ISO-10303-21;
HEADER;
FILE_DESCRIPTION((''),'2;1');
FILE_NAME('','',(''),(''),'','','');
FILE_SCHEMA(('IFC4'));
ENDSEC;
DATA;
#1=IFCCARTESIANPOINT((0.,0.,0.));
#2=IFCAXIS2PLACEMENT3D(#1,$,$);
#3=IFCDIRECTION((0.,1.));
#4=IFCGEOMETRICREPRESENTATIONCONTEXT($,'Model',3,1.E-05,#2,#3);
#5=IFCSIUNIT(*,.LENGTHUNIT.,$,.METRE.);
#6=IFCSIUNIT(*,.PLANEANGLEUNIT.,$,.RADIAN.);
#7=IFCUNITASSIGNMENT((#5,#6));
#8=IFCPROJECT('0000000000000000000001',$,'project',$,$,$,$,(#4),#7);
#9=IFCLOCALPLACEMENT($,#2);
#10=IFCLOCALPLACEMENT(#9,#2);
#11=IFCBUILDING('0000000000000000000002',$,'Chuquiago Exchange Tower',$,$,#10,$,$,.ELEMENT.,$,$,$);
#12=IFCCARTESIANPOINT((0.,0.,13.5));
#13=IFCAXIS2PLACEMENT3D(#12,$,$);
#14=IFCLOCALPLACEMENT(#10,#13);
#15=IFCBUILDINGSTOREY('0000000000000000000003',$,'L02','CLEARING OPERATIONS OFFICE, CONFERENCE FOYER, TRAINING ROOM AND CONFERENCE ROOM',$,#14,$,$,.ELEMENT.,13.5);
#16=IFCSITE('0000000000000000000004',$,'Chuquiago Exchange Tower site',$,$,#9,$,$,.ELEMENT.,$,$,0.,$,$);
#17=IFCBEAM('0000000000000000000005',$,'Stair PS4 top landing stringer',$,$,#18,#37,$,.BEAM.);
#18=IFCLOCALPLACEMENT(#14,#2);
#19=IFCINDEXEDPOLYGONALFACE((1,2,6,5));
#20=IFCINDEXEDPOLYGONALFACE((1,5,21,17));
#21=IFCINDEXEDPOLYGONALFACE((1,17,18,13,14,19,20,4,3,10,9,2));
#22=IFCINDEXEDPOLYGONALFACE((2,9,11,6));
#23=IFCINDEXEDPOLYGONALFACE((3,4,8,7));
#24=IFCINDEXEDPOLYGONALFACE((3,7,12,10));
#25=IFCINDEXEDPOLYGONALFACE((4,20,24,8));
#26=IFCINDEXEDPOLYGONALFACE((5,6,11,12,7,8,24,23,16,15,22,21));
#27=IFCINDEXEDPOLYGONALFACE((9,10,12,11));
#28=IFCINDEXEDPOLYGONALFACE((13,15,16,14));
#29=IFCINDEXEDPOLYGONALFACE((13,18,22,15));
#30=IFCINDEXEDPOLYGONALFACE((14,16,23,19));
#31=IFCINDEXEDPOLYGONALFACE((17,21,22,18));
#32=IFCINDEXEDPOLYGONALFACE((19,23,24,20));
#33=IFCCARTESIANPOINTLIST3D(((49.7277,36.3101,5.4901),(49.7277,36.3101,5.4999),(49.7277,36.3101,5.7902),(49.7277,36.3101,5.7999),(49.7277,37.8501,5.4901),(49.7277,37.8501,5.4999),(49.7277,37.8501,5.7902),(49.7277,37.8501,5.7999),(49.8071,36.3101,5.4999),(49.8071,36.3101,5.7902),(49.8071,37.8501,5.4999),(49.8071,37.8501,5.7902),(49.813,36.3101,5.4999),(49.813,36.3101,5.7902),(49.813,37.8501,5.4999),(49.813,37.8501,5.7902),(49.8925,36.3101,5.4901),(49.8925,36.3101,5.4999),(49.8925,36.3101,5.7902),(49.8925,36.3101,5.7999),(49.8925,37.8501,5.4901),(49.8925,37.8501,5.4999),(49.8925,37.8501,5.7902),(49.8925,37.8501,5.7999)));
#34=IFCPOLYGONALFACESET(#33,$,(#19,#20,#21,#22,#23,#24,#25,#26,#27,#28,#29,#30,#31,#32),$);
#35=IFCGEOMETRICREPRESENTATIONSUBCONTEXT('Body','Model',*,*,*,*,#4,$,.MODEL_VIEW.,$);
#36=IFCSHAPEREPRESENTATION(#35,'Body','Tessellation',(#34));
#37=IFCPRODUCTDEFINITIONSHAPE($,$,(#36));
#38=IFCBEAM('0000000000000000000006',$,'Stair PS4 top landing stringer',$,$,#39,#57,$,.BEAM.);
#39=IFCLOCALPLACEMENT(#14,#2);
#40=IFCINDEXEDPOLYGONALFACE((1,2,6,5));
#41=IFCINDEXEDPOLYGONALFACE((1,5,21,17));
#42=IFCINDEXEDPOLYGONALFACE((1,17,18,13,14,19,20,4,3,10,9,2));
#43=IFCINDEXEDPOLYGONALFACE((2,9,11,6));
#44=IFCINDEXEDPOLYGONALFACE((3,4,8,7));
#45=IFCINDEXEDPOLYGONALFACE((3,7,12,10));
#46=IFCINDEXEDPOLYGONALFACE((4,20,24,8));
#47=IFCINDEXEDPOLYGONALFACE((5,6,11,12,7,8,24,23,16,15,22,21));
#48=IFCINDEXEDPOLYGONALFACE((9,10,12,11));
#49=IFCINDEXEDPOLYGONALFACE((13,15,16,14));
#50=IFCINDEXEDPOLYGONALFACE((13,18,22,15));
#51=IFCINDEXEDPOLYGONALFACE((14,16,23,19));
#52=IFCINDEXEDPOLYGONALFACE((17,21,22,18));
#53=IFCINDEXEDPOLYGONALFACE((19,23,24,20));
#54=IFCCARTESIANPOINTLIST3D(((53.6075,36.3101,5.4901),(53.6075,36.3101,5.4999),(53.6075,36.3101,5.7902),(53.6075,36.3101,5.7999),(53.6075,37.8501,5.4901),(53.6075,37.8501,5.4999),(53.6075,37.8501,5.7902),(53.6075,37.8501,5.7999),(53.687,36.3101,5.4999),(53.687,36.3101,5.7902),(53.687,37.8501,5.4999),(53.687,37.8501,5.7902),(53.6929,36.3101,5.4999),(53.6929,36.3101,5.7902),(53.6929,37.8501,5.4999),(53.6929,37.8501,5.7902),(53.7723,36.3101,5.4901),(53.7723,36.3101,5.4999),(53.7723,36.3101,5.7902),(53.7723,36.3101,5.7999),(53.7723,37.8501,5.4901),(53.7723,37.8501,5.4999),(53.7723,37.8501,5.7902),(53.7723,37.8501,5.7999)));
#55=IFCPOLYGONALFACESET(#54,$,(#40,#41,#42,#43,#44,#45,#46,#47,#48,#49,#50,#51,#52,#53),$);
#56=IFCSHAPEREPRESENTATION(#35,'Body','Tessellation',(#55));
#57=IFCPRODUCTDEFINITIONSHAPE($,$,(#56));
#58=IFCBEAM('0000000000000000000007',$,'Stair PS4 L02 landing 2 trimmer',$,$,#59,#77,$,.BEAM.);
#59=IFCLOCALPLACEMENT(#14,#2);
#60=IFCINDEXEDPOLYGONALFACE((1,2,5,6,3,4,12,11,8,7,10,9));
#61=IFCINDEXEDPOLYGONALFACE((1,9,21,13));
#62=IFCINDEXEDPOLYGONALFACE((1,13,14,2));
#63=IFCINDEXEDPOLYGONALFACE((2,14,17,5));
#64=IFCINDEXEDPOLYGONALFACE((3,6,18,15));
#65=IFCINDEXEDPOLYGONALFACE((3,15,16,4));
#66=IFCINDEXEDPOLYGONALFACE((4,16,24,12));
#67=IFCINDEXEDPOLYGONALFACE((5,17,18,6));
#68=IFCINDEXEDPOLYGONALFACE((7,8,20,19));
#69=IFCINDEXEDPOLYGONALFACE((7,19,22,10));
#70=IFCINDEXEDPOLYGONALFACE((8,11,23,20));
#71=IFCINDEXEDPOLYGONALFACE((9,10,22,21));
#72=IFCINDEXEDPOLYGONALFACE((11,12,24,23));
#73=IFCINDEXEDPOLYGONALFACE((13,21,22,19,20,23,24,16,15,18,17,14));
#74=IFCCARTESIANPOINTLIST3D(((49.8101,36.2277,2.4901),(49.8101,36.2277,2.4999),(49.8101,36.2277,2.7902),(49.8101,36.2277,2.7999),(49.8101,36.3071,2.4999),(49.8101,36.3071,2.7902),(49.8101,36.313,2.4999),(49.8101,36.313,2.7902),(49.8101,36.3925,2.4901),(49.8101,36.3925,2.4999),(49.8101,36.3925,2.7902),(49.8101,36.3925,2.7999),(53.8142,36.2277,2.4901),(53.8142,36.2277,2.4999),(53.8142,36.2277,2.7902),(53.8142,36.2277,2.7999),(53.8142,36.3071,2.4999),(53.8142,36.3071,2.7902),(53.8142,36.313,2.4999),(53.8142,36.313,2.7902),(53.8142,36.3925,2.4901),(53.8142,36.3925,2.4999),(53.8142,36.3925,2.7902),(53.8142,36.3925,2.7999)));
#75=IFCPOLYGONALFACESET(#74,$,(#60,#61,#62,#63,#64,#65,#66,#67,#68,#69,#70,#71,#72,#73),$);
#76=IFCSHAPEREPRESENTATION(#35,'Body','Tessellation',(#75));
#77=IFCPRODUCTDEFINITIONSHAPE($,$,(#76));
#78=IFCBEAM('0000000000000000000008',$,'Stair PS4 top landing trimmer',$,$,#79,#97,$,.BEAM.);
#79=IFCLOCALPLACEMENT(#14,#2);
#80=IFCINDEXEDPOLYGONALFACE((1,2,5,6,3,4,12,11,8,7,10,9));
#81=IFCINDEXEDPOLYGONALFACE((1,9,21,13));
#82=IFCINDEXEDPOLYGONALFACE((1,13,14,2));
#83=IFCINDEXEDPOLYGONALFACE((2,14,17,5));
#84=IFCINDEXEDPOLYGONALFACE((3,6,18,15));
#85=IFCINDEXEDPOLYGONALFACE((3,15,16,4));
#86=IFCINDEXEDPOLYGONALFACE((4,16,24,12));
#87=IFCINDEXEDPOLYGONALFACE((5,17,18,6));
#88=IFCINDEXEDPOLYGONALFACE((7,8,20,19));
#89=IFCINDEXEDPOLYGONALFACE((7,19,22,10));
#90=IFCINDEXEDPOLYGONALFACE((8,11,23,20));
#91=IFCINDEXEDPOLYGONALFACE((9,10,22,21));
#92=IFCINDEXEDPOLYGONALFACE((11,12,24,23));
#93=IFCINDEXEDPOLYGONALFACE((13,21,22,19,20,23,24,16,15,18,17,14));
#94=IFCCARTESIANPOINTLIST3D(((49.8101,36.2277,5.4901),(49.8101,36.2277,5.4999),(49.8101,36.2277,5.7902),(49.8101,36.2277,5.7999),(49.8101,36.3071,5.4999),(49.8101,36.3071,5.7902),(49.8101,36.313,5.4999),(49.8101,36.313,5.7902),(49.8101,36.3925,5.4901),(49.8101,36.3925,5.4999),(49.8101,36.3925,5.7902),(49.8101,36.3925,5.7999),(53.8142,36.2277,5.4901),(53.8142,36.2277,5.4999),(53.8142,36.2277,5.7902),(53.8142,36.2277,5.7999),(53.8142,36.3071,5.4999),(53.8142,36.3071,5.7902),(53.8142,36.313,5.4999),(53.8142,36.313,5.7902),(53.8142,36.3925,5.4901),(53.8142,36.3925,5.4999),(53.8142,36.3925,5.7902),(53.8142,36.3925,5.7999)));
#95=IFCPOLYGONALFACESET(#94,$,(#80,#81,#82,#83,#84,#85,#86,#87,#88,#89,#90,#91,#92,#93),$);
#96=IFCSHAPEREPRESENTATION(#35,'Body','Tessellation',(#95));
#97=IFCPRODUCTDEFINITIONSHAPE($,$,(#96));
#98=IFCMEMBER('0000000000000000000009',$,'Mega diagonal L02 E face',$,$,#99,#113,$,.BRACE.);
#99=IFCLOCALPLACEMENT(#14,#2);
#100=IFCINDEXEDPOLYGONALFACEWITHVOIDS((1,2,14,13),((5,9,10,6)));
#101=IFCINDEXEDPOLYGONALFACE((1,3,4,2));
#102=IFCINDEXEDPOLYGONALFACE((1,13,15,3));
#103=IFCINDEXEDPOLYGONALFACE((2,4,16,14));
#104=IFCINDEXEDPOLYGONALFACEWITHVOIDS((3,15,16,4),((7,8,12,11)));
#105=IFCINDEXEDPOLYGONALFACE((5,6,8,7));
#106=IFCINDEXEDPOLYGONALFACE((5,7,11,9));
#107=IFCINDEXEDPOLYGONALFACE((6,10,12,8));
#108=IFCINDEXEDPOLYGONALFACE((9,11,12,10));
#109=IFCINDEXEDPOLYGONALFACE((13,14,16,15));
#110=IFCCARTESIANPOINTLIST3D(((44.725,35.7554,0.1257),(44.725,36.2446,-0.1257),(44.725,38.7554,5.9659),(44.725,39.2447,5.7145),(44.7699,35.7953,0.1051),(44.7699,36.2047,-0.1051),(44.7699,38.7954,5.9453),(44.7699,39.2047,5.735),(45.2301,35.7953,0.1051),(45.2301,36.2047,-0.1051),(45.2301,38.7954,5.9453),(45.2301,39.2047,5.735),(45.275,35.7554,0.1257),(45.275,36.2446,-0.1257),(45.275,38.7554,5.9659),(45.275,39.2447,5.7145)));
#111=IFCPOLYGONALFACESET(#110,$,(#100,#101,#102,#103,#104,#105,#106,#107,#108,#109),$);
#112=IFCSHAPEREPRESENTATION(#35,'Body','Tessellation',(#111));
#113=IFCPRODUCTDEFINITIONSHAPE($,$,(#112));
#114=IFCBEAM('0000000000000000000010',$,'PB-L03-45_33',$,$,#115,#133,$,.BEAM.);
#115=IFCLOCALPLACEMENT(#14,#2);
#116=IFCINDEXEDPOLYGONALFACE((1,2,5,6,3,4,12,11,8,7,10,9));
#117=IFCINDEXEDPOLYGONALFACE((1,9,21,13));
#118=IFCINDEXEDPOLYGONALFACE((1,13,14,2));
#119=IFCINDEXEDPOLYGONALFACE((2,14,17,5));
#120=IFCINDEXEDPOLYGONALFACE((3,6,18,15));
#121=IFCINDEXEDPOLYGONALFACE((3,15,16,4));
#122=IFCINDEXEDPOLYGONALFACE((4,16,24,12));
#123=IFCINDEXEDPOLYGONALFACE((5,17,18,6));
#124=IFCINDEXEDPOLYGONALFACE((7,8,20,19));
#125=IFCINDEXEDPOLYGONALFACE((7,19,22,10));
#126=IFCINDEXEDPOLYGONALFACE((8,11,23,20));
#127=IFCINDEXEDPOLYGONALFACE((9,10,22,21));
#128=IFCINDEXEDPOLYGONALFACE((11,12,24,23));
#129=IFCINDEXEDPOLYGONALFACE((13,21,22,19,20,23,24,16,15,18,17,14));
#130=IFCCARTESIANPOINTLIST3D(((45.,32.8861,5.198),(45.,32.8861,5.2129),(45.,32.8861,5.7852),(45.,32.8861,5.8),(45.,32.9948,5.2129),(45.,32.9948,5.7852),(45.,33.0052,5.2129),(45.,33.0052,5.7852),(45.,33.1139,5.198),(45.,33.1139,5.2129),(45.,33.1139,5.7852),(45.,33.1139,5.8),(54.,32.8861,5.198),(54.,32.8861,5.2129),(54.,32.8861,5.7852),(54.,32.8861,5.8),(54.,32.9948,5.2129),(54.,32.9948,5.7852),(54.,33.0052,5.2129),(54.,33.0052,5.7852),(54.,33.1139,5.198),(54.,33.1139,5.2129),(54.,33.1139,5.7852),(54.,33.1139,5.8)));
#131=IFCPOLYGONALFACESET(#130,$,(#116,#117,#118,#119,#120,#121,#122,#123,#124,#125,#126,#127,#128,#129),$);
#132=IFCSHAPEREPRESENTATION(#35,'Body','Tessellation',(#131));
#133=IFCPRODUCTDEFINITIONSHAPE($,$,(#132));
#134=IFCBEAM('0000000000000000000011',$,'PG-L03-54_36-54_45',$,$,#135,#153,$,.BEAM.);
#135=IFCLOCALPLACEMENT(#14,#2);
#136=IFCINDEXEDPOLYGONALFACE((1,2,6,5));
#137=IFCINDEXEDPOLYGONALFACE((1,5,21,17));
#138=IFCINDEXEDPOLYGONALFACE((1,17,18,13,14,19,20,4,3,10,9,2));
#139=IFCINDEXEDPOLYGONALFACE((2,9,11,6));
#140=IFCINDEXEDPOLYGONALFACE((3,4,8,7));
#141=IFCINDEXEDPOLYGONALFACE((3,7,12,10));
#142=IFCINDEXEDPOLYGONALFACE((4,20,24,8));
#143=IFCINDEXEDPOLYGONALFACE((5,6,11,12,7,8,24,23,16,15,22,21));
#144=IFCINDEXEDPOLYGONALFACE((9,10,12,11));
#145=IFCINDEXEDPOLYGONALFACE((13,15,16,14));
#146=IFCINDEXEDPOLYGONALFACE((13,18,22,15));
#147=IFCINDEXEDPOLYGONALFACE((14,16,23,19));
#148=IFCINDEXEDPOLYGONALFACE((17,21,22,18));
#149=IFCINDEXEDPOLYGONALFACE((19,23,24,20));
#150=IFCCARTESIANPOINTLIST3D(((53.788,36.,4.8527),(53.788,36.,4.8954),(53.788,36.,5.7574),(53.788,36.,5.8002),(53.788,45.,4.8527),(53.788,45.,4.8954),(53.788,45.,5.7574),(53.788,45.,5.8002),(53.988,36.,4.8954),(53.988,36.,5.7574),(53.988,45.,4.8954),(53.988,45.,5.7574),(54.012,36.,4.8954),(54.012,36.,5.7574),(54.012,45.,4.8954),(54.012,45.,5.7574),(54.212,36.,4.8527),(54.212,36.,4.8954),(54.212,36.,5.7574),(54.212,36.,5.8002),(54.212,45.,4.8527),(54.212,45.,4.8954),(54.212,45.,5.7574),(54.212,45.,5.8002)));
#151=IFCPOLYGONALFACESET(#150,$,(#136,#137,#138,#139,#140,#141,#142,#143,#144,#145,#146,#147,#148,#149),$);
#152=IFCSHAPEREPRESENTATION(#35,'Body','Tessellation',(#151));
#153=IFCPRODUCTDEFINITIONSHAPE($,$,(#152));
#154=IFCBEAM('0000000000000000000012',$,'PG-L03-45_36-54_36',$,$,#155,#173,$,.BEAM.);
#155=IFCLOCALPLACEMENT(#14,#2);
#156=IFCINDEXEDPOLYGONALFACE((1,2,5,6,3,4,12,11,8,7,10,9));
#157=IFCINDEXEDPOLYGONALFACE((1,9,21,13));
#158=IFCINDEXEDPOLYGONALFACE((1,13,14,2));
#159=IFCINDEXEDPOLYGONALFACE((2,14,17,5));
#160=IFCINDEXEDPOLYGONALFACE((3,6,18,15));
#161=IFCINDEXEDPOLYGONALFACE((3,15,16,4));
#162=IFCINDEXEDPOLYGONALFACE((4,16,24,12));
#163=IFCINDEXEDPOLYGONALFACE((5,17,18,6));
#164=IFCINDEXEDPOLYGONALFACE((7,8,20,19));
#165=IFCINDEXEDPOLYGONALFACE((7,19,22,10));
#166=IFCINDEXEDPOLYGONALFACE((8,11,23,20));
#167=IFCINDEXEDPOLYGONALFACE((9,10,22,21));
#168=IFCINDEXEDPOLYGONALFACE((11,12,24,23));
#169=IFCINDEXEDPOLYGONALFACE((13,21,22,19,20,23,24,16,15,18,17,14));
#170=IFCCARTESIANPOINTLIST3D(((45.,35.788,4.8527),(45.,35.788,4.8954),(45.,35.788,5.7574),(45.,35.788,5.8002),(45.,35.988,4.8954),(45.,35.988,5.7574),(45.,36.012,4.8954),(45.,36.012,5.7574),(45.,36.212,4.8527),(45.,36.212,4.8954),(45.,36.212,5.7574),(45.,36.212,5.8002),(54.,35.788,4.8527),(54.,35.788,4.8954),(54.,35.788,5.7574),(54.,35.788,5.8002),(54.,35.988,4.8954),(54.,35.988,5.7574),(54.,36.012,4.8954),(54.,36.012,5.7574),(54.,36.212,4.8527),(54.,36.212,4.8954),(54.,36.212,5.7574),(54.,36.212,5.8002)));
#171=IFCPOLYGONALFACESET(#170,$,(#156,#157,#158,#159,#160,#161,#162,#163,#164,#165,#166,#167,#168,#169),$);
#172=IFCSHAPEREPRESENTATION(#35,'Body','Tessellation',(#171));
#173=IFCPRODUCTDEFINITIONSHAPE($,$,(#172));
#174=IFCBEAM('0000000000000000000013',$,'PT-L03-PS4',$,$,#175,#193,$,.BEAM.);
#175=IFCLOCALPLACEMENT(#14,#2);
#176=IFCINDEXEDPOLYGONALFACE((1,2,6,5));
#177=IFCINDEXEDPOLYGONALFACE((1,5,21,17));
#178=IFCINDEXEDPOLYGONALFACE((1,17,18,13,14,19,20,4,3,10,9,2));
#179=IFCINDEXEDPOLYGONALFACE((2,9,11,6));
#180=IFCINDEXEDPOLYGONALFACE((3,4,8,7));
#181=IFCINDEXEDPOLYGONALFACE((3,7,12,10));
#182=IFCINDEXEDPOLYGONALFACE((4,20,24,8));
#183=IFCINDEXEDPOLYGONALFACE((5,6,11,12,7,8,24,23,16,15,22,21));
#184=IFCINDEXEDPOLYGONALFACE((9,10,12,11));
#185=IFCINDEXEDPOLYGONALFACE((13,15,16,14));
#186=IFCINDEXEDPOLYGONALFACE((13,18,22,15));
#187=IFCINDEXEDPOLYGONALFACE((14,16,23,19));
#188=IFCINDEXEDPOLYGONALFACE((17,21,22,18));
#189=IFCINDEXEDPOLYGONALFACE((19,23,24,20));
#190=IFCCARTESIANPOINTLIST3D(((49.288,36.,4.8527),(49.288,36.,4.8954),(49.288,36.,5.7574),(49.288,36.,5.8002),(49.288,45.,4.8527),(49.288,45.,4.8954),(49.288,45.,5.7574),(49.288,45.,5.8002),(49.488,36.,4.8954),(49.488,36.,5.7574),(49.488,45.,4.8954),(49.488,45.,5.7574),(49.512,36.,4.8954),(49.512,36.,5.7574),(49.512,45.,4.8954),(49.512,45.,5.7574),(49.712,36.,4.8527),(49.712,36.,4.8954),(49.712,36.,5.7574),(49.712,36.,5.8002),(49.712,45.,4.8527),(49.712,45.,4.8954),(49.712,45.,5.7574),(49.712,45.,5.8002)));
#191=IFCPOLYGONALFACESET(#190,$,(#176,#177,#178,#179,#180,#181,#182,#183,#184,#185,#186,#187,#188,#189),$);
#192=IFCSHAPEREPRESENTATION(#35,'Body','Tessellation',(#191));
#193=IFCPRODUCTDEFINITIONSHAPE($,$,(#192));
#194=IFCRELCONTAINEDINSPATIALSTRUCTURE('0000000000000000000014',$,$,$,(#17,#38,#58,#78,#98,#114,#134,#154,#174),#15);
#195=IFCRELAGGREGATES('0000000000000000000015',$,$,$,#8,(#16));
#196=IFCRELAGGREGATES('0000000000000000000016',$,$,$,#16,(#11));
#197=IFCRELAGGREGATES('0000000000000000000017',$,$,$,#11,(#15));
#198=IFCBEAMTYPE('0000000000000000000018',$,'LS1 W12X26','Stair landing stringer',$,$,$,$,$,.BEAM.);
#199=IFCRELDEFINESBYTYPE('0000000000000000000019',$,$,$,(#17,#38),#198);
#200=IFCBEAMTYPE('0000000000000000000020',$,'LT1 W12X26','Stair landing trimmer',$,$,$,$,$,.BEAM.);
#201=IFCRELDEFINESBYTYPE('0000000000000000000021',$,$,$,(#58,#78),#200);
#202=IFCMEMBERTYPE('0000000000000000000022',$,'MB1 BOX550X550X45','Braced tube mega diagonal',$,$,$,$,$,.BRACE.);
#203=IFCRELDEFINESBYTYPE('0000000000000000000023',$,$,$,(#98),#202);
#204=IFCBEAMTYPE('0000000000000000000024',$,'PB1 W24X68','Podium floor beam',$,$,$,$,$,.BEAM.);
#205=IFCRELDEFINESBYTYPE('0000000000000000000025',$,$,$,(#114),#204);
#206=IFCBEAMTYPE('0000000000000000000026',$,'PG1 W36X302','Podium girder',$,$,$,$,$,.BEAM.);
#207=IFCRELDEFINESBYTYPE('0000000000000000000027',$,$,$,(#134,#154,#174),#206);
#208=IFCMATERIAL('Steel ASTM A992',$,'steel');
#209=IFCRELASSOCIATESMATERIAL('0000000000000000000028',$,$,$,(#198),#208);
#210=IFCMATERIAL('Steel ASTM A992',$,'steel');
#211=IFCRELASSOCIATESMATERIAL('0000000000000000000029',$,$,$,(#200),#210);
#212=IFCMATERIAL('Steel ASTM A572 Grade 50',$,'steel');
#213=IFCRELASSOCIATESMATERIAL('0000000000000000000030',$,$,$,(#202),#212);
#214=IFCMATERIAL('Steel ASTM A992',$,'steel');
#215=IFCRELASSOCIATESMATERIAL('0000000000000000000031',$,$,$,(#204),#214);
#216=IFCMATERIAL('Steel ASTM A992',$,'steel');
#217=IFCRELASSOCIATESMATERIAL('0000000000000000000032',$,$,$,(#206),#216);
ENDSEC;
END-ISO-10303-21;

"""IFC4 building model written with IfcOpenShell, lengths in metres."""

from ifc_helpers import new_model, si_unit, direction, frame, origin, origin_2d, place, context, subcontext, project, spatial, hollow_rectangle, i_section, extrude, material, material_profile, profile_set, type_object, element, save


model = new_model("IFC4")

# Units and contexts
model_context = context("Model", 3, precision=1e-05, world=origin(), true_north=direction((0.0, 1.0)))
body_context = subcontext(model_context, "Body", "Model", "MODEL_VIEW")
ifc_project = project(units=[si_unit("LENGTHUNIT", "METRE"), si_unit("PLANEANGLEUNIT", "RADIAN")], contexts=[model_context])

# Site, building, storey
site_placement = place(None, origin())
site = spatial("IfcSite", under=ifc_project, at=site_placement, Name="Chuquiago Exchange Tower site", CompositionType="ELEMENT", RefElevation=0.0)
building_placement = place(site_placement, origin())
building = spatial("IfcBuilding", under=site, at=building_placement, Name="Chuquiago Exchange Tower", CompositionType="ELEMENT")
storey_placement = place(building_placement, frame((0.0, 0.0, 13.5)))
storey = spatial("IfcBuildingStorey", under=building, at=storey_placement, Name="L02", Description="CLEARING OPERATIONS OFFICE, CONFERENCE FOYER, TRAINING ROOM AND CONFERENCE ROOM", CompositionType="ELEMENT", Elevation=13.5)

# Beams
ifc_material_1 = material(Name="Steel ASTM A992", Category="steel")
ifc_material_profile_1 = material_profile(ifc_material_1, i_section(OverallWidth=0.1648, OverallDepth=0.3098, WebThickness=0.0059, FlangeThickness=0.0098, at=origin_2d()), Name="W12X26")
ifc_profile_set_1 = profile_set([ifc_material_profile_1], Name="Steel ASTM A992")
beam_type_1 = type_object("IfcBeamType", Name="LS1 W12X26", Description="Stair landing stringer", PredefinedType="BEAM", material=ifc_profile_set_1)
for number, where, z_axis, x_axis, name in (
    (1, (49.8101, 36.3101, 5.645), (0.0, 1.0, 0.0), (-1.0, 0.0, 0.0), "Stair PS4 top landing stringer"),
    (2, (53.6899, 36.3101, 5.645), (0.0, 1.0, 0.0), (-1.0, 0.0, 0.0), "Stair PS4 top landing stringer"),
):
    element("IfcBeam", number, at=place(storey_placement, frame(where, z_axis=z_axis, x_axis=x_axis)), inside=storey, type_object=beam_type_1, Name=name, PredefinedType="BEAM", context=body_context, shape_type="SweptSolid", body=[
        extrude(i_section(OverallWidth=0.1648, OverallDepth=0.3098, WebThickness=0.0059, FlangeThickness=0.0098, at=origin_2d()), origin(), (0.0, 0.0, 1.0), 1.54),
    ])
ifc_material_2 = material(Name="Steel ASTM A992", Category="steel")
ifc_material_profile_2 = material_profile(ifc_material_2, i_section(OverallWidth=0.1648, OverallDepth=0.3098, WebThickness=0.0059, FlangeThickness=0.0098, at=origin_2d()), Name="W12X26")
ifc_profile_set_2 = profile_set([ifc_material_profile_2], Name="Steel ASTM A992")
beam_type_2 = type_object("IfcBeamType", Name="LT1 W12X26", Description="Stair landing trimmer", PredefinedType="BEAM", material=ifc_profile_set_2)
for number, where, z_axis, x_axis, name in (
    (3, (49.8101, 36.3101, 2.645), (1.0, 0.0, 0.0), (0.0, 1.0, 0.0), "Stair PS4 L02 landing 2 trimmer"),
    (4, (49.8101, 36.3101, 5.645), (1.0, 0.0, 0.0), (0.0, 1.0, 0.0), "Stair PS4 top landing trimmer"),
):
    element("IfcBeam", number, at=place(storey_placement, frame(where, z_axis=z_axis, x_axis=x_axis)), inside=storey, type_object=beam_type_2, Name=name, PredefinedType="BEAM", context=body_context, shape_type="SweptSolid", body=[
        extrude(i_section(OverallWidth=0.1648, OverallDepth=0.3098, WebThickness=0.0059, FlangeThickness=0.0098, at=origin_2d()), origin(), (0.0, 0.0, 1.0), 4.0042),
    ])

# Member
ifc_material_3 = material(Name="Steel ASTM A572 Grade 50", Category="steel")
ifc_material_profile_3 = material_profile(ifc_material_3, hollow_rectangle(XDim=0.55, YDim=0.55, WallThickness=0.0449, at=origin_2d()), Name="BOX550X550X45")
ifc_profile_set_3 = profile_set([ifc_material_profile_3], Name="Steel ASTM A572 Grade 50")
member_type_1 = type_object("IfcMemberType", Name="MB1 BOX550X550X45", Description="Braced tube mega diagonal", PredefinedType="BRACE", material=ifc_profile_set_3)
member_1_placement = place(storey_placement, frame((45.0, 36.0, 0.0), z_axis=(0.0, 0.45693, 0.889503), x_axis=(-1.0, 0.0, 0.0)))
element("IfcMember", 5, at=member_1_placement, inside=storey, type_object=member_type_1, Name="Mega diagonal L02 E face", PredefinedType="BRACE", context=body_context, shape_type="SweptSolid", body=[
    extrude(hollow_rectangle(XDim=0.55, YDim=0.55, WallThickness=0.0449, at=origin_2d()), origin(), (0.0, 0.0, 1.0), 6.5657),
])

# Beams
ifc_material_4 = material(Name="Steel ASTM A992", Category="steel")
ifc_material_profile_4 = material_profile(ifc_material_4, i_section(OverallWidth=0.2278, OverallDepth=0.6021, WebThickness=0.0105, FlangeThickness=0.0149, at=origin_2d()), Name="W24X68")
ifc_profile_set_4 = profile_set([ifc_material_profile_4], Name="Steel ASTM A992")
beam_type_3 = type_object("IfcBeamType", Name="PB1 W24X68", Description="Podium floor beam", PredefinedType="BEAM", material=ifc_profile_set_4)
beam_placement = place(storey_placement, frame((45.0, 33.0, 5.499), z_axis=(1.0, 0.0, 0.0), x_axis=(0.0, 1.0, 0.0)))
element("IfcBeam", 6, at=beam_placement, inside=storey, type_object=beam_type_3, Name="PB-L03-45_33", PredefinedType="BEAM", context=body_context, shape_type="SweptSolid", body=[
    extrude(i_section(OverallWidth=0.2278, OverallDepth=0.6021, WebThickness=0.0105, FlangeThickness=0.0149, at=origin_2d()), origin(), (0.0, 0.0, 1.0), 9.0),
])
ifc_material_5 = material(Name="Steel ASTM A992", Category="steel")
ifc_material_profile_5 = material_profile(ifc_material_5, i_section(OverallWidth=0.4241, OverallDepth=0.9475, WebThickness=0.0239, FlangeThickness=0.0427, at=origin_2d()), Name="W36X302")
ifc_profile_set_5 = profile_set([ifc_material_profile_5], Name="Steel ASTM A992")
beam_type_4 = type_object("IfcBeamType", Name="PG1 W36X302", Description="Podium girder", PredefinedType="BEAM", material=ifc_profile_set_5)
for number, where, z_axis, x_axis, name in (
    (7, (54.0, 36.0, 5.3264), (0.0, 1.0, 0.0), (-1.0, 0.0, 0.0), "PG-L03-54_36-54_45"),
    (8, (45.0, 36.0, 5.3264), (1.0, 0.0, 0.0), (0.0, 1.0, 0.0), "PG-L03-45_36-54_36"),
    (9, (49.5, 36.0, 5.3264), (0.0, 1.0, 0.0), (-1.0, 0.0, 0.0), "PT-L03-PS4"),
):
    element("IfcBeam", number, at=place(storey_placement, frame(where, z_axis=z_axis, x_axis=x_axis)), inside=storey, type_object=beam_type_4, Name=name, PredefinedType="BEAM", context=body_context, shape_type="SweptSolid", body=[
        extrude(i_section(OverallWidth=0.4241, OverallDepth=0.9475, WebThickness=0.0239, FlangeThickness=0.0427, at=origin_2d()), origin(), (0.0, 0.0, 1.0), 9.0),
    ])

save(model, "model.ifc")
